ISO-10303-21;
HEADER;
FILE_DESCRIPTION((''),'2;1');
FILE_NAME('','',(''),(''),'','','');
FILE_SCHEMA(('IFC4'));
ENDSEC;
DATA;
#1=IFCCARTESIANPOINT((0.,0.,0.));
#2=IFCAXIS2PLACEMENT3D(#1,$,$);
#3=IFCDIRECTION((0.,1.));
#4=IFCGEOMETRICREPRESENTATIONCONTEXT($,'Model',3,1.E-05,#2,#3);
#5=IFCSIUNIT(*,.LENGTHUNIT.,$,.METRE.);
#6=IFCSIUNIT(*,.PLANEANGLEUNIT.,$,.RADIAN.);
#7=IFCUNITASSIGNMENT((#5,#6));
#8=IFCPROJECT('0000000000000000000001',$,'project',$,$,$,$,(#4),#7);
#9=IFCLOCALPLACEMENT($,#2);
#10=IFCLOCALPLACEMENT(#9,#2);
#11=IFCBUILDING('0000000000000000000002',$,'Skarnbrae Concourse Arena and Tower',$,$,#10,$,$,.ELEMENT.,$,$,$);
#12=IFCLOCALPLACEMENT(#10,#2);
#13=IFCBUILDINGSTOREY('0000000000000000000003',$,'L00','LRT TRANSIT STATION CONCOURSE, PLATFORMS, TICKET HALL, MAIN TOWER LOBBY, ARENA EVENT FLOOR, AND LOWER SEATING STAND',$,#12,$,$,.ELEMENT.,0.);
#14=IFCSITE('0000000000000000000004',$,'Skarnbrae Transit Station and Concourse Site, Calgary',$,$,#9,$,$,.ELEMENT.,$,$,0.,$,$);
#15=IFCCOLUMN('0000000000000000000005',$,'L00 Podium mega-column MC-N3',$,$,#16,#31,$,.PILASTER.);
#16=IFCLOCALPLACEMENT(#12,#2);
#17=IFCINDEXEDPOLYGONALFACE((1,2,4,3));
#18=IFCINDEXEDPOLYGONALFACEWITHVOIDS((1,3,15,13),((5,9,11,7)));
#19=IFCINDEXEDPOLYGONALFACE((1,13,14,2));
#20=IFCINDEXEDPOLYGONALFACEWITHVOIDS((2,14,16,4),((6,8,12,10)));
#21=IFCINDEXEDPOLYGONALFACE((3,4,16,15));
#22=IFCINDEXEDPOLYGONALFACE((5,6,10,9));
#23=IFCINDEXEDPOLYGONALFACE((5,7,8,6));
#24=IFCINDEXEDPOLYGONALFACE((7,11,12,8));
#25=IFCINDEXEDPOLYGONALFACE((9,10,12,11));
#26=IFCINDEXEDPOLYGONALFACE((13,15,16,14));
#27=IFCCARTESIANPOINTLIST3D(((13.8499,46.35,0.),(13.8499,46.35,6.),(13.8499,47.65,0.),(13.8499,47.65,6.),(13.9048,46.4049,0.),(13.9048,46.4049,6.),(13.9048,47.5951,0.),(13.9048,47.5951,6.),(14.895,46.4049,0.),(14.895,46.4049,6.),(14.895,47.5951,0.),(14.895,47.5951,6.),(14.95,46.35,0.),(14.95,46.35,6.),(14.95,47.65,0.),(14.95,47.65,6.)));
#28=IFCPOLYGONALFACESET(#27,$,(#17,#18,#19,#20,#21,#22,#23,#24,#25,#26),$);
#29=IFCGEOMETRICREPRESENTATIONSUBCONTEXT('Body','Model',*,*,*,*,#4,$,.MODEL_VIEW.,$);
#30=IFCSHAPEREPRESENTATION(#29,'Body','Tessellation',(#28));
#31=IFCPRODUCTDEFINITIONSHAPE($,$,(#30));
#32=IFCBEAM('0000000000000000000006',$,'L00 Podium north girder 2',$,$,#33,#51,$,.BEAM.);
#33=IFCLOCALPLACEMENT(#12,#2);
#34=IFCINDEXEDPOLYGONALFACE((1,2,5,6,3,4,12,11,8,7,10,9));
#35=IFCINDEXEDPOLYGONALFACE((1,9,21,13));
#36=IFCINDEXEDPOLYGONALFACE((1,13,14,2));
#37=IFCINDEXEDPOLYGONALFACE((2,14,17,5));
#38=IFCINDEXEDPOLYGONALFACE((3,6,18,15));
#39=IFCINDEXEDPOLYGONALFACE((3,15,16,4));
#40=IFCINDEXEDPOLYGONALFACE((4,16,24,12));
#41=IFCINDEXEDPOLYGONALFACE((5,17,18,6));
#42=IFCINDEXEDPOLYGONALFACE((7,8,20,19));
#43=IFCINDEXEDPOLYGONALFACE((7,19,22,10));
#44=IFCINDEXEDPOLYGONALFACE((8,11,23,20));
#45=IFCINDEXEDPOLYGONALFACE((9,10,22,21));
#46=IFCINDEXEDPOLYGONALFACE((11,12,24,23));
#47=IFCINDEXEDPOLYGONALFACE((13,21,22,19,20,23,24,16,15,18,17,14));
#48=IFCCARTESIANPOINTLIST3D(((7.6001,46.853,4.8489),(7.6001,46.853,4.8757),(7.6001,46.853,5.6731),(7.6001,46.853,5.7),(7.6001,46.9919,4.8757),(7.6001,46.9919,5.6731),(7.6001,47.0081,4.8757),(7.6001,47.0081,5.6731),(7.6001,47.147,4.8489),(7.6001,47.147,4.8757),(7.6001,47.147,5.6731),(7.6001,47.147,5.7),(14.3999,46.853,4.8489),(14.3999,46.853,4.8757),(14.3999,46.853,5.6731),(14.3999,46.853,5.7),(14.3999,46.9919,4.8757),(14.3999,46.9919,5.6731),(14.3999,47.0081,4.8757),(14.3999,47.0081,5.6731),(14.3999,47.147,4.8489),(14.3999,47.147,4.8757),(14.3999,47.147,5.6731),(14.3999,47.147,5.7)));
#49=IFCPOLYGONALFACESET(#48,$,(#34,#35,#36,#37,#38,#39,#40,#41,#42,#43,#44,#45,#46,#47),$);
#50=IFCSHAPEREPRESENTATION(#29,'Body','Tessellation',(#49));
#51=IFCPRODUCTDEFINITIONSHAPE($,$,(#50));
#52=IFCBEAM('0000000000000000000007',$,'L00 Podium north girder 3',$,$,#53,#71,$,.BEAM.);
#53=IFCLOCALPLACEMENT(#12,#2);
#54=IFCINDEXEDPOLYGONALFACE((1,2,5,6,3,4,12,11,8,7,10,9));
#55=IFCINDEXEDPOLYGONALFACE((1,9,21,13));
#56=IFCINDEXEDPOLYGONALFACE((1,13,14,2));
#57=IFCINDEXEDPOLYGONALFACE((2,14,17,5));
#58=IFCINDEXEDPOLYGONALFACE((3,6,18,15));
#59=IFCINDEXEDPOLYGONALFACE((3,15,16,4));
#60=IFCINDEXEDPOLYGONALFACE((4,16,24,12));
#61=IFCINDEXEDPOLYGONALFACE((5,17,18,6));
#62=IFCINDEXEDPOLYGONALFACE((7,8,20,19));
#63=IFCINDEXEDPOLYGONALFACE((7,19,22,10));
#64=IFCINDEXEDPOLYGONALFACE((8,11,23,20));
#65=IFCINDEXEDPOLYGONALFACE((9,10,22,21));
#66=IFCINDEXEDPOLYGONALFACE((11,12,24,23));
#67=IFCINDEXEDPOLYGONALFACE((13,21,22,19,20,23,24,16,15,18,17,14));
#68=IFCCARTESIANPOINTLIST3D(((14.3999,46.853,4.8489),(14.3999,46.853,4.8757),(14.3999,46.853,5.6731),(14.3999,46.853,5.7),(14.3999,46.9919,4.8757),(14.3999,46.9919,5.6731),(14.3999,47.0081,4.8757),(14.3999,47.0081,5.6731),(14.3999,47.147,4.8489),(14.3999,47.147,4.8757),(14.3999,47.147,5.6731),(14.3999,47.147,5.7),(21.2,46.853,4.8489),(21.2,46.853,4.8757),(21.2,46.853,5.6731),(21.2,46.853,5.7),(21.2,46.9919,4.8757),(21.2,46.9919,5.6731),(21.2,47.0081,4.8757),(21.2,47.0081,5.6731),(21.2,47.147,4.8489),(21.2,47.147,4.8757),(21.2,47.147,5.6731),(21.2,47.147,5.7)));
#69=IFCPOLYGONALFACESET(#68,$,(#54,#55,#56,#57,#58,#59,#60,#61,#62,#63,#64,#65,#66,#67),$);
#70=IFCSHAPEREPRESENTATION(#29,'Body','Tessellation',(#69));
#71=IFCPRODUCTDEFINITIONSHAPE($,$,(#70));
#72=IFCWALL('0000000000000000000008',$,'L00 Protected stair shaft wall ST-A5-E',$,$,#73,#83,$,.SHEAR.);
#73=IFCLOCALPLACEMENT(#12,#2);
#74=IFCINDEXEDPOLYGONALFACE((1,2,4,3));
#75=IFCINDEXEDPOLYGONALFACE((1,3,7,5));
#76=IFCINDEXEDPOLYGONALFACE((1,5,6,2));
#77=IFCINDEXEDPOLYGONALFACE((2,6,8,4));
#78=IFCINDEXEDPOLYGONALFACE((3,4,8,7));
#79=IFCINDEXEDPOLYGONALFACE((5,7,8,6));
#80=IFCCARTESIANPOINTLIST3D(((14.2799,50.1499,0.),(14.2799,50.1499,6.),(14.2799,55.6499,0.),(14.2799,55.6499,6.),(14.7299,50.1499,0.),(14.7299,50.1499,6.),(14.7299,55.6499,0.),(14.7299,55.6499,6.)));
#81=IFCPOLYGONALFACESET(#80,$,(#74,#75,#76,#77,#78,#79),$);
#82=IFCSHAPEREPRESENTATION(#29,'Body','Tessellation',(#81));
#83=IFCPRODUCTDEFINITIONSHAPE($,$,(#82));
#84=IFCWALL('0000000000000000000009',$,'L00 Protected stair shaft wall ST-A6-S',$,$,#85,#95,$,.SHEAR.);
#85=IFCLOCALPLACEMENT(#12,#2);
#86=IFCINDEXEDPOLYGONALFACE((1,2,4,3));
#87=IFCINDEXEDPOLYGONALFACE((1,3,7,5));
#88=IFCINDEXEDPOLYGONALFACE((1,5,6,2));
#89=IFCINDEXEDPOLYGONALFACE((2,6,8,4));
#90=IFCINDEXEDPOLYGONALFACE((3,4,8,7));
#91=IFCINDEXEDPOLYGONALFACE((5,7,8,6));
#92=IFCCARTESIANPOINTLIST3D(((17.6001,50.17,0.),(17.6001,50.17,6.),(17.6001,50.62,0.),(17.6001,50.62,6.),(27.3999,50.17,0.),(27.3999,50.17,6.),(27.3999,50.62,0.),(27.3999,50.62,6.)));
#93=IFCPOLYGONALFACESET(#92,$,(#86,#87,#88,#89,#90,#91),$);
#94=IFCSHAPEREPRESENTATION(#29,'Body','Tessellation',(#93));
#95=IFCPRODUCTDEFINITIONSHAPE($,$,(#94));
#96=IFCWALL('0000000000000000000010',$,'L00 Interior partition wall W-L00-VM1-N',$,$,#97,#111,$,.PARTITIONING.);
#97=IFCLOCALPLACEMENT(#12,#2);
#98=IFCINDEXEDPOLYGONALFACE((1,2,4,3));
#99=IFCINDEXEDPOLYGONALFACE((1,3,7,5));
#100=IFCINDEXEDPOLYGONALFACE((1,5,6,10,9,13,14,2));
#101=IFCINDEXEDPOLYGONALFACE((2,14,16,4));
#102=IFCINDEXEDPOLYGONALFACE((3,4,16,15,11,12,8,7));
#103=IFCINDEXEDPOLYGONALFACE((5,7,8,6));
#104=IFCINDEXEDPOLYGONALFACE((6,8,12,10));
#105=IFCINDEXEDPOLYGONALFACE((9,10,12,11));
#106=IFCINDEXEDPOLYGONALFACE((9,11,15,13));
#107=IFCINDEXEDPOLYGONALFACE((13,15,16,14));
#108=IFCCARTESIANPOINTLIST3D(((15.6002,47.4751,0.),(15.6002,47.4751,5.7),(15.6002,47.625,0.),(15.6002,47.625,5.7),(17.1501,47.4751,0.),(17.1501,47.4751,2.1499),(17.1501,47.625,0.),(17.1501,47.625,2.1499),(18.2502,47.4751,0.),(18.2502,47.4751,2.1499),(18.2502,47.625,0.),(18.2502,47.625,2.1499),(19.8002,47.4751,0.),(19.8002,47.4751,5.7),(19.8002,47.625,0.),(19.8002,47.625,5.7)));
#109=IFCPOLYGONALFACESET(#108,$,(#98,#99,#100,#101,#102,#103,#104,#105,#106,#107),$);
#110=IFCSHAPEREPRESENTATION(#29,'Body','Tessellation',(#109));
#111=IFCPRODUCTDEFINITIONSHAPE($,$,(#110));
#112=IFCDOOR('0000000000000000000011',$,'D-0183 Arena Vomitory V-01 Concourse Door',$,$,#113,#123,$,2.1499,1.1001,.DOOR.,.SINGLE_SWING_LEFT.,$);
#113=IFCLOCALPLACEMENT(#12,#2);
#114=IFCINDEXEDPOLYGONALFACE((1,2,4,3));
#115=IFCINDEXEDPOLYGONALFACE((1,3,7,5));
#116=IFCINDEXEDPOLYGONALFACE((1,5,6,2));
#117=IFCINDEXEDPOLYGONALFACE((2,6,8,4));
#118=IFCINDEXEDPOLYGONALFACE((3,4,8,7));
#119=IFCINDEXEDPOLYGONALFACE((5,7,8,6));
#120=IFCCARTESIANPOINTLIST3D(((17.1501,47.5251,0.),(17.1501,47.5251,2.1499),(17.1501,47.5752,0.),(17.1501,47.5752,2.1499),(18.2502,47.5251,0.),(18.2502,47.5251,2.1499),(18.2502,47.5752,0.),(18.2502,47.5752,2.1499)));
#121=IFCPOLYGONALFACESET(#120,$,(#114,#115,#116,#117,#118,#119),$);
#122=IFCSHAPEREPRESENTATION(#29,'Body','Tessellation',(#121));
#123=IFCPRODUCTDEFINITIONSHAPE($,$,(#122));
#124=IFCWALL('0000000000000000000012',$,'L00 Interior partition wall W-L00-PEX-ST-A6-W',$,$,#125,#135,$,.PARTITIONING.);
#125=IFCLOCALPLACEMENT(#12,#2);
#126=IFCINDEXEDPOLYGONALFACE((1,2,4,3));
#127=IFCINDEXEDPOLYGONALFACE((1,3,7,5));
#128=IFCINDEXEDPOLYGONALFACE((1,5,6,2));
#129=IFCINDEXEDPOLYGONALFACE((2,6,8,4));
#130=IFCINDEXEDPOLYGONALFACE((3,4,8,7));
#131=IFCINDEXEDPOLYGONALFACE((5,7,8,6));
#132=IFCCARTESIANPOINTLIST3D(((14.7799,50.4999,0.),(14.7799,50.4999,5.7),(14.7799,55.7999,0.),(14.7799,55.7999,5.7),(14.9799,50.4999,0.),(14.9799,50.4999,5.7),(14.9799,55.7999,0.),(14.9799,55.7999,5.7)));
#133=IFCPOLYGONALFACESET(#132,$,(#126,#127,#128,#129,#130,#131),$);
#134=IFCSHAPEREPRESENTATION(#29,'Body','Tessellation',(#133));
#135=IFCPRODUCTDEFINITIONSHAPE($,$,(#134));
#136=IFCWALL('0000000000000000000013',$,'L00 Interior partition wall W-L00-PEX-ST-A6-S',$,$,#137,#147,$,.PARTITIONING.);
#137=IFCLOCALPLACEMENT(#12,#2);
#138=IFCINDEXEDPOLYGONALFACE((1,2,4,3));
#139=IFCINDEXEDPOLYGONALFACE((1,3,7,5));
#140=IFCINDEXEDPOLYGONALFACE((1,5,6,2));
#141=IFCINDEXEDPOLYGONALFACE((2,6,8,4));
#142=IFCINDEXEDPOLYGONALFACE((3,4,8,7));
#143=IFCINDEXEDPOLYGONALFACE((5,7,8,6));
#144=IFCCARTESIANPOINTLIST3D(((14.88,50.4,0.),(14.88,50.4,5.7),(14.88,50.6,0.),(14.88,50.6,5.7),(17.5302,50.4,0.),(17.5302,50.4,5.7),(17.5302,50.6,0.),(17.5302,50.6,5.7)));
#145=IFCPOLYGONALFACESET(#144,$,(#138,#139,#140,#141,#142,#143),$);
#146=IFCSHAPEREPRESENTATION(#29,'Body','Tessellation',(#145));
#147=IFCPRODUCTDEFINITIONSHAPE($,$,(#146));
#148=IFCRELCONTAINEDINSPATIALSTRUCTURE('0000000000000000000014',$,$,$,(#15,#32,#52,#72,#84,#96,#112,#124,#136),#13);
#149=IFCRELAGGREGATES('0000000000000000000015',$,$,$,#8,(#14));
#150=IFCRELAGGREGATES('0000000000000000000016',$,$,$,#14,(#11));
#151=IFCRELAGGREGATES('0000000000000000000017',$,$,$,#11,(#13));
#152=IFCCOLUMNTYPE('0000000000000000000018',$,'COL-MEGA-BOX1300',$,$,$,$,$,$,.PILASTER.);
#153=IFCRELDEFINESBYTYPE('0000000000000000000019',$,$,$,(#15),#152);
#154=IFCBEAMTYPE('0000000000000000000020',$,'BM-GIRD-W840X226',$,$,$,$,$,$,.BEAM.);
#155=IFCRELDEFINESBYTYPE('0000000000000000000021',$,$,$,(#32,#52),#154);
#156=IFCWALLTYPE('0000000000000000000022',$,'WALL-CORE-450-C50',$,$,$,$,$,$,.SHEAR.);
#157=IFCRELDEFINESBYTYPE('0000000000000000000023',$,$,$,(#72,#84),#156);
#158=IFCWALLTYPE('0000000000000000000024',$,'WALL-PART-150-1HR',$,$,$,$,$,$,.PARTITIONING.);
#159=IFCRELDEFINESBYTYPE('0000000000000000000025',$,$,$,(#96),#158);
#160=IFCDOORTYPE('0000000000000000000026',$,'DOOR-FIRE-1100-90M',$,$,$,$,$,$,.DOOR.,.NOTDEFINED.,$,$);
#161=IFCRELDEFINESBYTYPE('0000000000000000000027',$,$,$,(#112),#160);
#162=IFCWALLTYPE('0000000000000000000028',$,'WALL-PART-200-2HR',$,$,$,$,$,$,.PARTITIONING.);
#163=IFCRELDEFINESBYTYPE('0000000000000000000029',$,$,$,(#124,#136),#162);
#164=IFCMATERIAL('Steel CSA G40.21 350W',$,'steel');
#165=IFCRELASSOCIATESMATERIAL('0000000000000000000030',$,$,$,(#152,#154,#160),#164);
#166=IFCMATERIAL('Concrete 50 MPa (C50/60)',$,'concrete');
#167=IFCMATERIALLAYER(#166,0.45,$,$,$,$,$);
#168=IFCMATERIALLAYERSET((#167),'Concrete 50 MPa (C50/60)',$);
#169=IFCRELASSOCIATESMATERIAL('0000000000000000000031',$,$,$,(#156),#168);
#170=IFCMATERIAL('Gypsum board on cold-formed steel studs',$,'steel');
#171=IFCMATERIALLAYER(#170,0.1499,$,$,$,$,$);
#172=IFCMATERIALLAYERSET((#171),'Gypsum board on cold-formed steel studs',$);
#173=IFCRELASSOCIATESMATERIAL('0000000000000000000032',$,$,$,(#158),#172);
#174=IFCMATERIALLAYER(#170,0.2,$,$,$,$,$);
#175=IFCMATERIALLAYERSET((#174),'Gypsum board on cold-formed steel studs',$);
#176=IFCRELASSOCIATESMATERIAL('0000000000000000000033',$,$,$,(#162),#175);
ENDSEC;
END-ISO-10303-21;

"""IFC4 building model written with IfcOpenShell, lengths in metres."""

from ifc_helpers import new_model, si_unit, direction, frame, frame_2d, origin, origin_2d, place, context, subcontext, project, spatial, rectangle, hollow_rectangle, i_section, extrude, source, transform, mapped, material, layer, layer_set, material_profile, profile_set, type_object, element, fill, save


model = new_model("IFC4")

# Units and contexts
model_context = context("Model", 3, precision=1e-05, world=origin(), true_north=direction((0.0, 1.0)))
body_context = subcontext(model_context, "Body", "Model", "MODEL_VIEW")
ifc_project = project(units=[si_unit("LENGTHUNIT", "METRE"), si_unit("PLANEANGLEUNIT", "RADIAN")], contexts=[model_context])

# Site, building, storey
site_placement = place(None, origin())
site = spatial("IfcSite", under=ifc_project, at=site_placement, Name="Skarnbrae Transit Station and Concourse Site, Calgary", CompositionType="ELEMENT", RefElevation=0.0)
building_placement = place(site_placement, origin())
building = spatial("IfcBuilding", under=site, at=building_placement, Name="Skarnbrae Concourse Arena and Tower", CompositionType="ELEMENT")
storey_placement = place(building_placement, origin())
storey = spatial("IfcBuildingStorey", under=building, at=storey_placement, Name="L00", Description="LRT TRANSIT STATION CONCOURSE, PLATFORMS, TICKET HALL, MAIN TOWER LOBBY, ARENA EVENT FLOOR, AND LOWER SEATING STAND", CompositionType="ELEMENT", Elevation=0.0)

# Column
ifc_material_1 = material(Name="Steel CSA G40.21 350W", Category="steel")
ifc_material_profile_1 = material_profile(ifc_material_1, hollow_rectangle(XDim=1.1001, YDim=1.3, WallThickness=0.0549, at=origin_2d()), Name="BOX1300X1100X55")
ifc_profile_set_1 = profile_set([ifc_material_profile_1], Name="Steel CSA G40.21 350W")
column_type = type_object("IfcColumnType", Name="COL-MEGA-BOX1300", PredefinedType="PILASTER", material=ifc_profile_set_1)
shared_shape_1 = source(origin(), body_context, "Body", "SweptSolid", [
    extrude(hollow_rectangle(XDim=1.1001, YDim=1.3, WallThickness=0.0549, at=origin_2d()), origin(), (0.0, 0.0, 1.0), 6.0),
])
column_placement = place(storey_placement, frame((14.3999, 47.0, 0.0), z_axis=(0.0, 0.0, 1.0), x_axis=(1.0, 0.0, 0.0)))
element("IfcColumn", 1, at=column_placement, inside=storey, type_object=column_type, Name="L00 Podium mega-column MC-N3", PredefinedType="PILASTER", context=body_context, shape_type="MappedRepresentation", body=[
    mapped(shared_shape_1, transform((0.0, 0.0, 0.0))),
])

# Beams
ifc_material_profile_2 = material_profile(ifc_material_1, i_section(OverallWidth=0.2939, OverallDepth=0.8511, WebThickness=0.0161, FlangeThickness=0.0269, at=origin_2d()), Name="W840X226")
ifc_profile_set_2 = profile_set([ifc_material_profile_2], Name="Steel CSA G40.21 350W")
beam_type = type_object("IfcBeamType", Name="BM-GIRD-W840X226", PredefinedType="BEAM", material=ifc_profile_set_2)
shared_shape_2 = source(origin(), body_context, "Body", "SweptSolid", [
    extrude(i_section(OverallWidth=0.2939, OverallDepth=0.8511, WebThickness=0.0161, FlangeThickness=0.0269, at=origin_2d()), origin(), (0.0, 0.0, 1.0), 6.7998),
])
beam_1_placement = place(storey_placement, frame((7.6001, 47.0, 5.2744), z_axis=(1.0, 0.0, 0.0), x_axis=(0.0, 1.0, 0.0)))
element("IfcBeam", 2, at=beam_1_placement, inside=storey, type_object=beam_type, Name="L00 Podium north girder 2", PredefinedType="BEAM", context=body_context, shape_type="MappedRepresentation", body=[
    mapped(shared_shape_2, transform((0.0, 0.0, 0.0))),
])
shared_shape_3 = source(origin(), body_context, "Body", "SweptSolid", [
    extrude(i_section(OverallWidth=0.2939, OverallDepth=0.8511, WebThickness=0.0161, FlangeThickness=0.0269, at=origin_2d()), origin(), (0.0, 0.0, 1.0), 6.8),
])
beam_2_placement = place(storey_placement, frame((14.3999, 47.0, 5.2744), z_axis=(1.0, 0.0, 0.0), x_axis=(0.0, 1.0, 0.0)))
element("IfcBeam", 3, at=beam_2_placement, inside=storey, type_object=beam_type, Name="L00 Podium north girder 3", PredefinedType="BEAM", context=body_context, shape_type="MappedRepresentation", body=[
    mapped(shared_shape_3, transform((0.0, 0.0, 0.0))),
])

# Wall
ifc_material_2 = material(Name="Concrete 50 MPa (C50/60)", Category="concrete")
ifc_layer_1 = layer(ifc_material_2, 0.45)
ifc_layer_set_1 = layer_set([ifc_layer_1], Name="Concrete 50 MPa (C50/60)")
wall_type_1 = type_object("IfcWallType", Name="WALL-CORE-450-C50", PredefinedType="SHEAR", material=ifc_layer_set_1)
shared_shape_4 = source(origin(), body_context, "Body", "SweptSolid", [
    extrude(rectangle(XDim=5.5, YDim=0.45, at=frame_2d((2.75, 0.0))), origin(), (0.0, 0.0, 1.0), 6.0),
])
wall_1_placement = place(storey_placement, frame((14.5049, 50.1499, 0.0), z_axis=(0.0, 0.0, 1.0), x_axis=(0.0, 1.0, 0.0)))
element("IfcWall", 4, at=wall_1_placement, inside=storey, type_object=wall_type_1, Name="L00 Protected stair shaft wall ST-A5-E", PredefinedType="SHEAR", context=body_context, shape_type="MappedRepresentation", body=[
    mapped(shared_shape_4, transform((0.0, 0.0, 0.0))),
])

# Shared definitions
door_type = type_object("IfcDoorType", Name="DOOR-FIRE-1100-90M", OperationType="NOTDEFINED", PredefinedType="DOOR", material=ifc_material_1)
shared_shape_5 = source(origin(), body_context, "Body", "SweptSolid", [
    extrude(rectangle(XDim=1.1001, YDim=2.1499, at=frame_2d((0.55, 1.075))), frame((0.0, 0.0249, 0.0), z_axis=(0.0, -1.0, 0.0), x_axis=(1.0, 0.0, 0.0)), (0.0, 0.0, 1.0), 0.05),
])

# Wall
shared_shape_6 = source(origin(), body_context, "Body", "SweptSolid", [
    extrude(rectangle(XDim=9.7998, YDim=0.45, at=frame_2d((4.8999, 0.0))), origin(), (0.0, 0.0, 1.0), 6.0),
])
wall_2_placement = place(storey_placement, frame((17.6001, 50.395, 0.0), z_axis=(0.0, 0.0, 1.0), x_axis=(1.0, 0.0, 0.0)))
element("IfcWall", 5, at=wall_2_placement, inside=storey, type_object=wall_type_1, Name="L00 Protected stair shaft wall ST-A6-S", PredefinedType="SHEAR", context=body_context, shape_type="MappedRepresentation", body=[
    mapped(shared_shape_6, transform((0.0, 0.0, 0.0))),
])

# Wall, opening, door
ifc_material_3 = material(Name="Gypsum board on cold-formed steel studs", Category="steel")
ifc_layer_2 = layer(ifc_material_3, 0.1499)
ifc_layer_set_2 = layer_set([ifc_layer_2], Name="Gypsum board on cold-formed steel studs")
wall_type_2 = type_object("IfcWallType", Name="WALL-PART-150-1HR", PredefinedType="PARTITIONING", material=ifc_layer_set_2)
shared_shape_7 = source(origin(), body_context, "Body", "SweptSolid", [
    extrude(rectangle(XDim=4.2, YDim=0.1499, at=frame_2d((2.1001, 0.0))), origin(), (0.0, 0.0, 1.0), 5.7),
])
wall_3_placement = place(storey_placement, frame((15.6001, 47.55, 0.0), z_axis=(0.0, 0.0, 1.0), x_axis=(1.0, 0.0, 0.0)))
wall_3 = element("IfcWall", 6, at=wall_3_placement, inside=storey, type_object=wall_type_2, Name="L00 Interior partition wall W-L00-VM1-N", PredefinedType="PARTITIONING", context=body_context, shape_type="MappedRepresentation", body=[
    mapped(shared_shape_7, transform((0.0, 0.0, 0.0))),
])
opening_1_placement = place(wall_3_placement, frame((1.55, 0.0, 0.0)))
opening_1 = element("IfcOpeningElement", 7, at=opening_1_placement, cuts=wall_3, PredefinedType="OPENING", context=body_context, shape_type="SweptSolid", body=[
    extrude(rectangle(XDim=1.1001, YDim=2.1499, at=frame_2d((0.55, 1.075))), frame((0.0, 0.085, 0.0), z_axis=(0.0, -1.0, 0.0), x_axis=(1.0, 0.0, 0.0)), (0.0, 0.0, 1.0), 0.1699),
])
door_1_placement = place(opening_1_placement, frame((1.1001, 0.0, 0.0), z_axis=(0.0, 0.0, 1.0), x_axis=(-1.0, 0.0, 0.0)))
door_1 = element("IfcDoor", 8, at=door_1_placement, inside=storey, type_object=door_type, Name="D-0183 Arena Vomitory V-01 Concourse Door", OperationType="SINGLE_SWING_LEFT", OverallHeight=2.1499, OverallWidth=1.1001, PredefinedType="DOOR", context=body_context, shape_type="MappedRepresentation", body=[
    mapped(shared_shape_5, transform((0.0, 0.0, 0.0))),
])
fill(opening_1, door_1)

# Walls
ifc_layer_3 = layer(ifc_material_3, 0.2)
ifc_layer_set_3 = layer_set([ifc_layer_3], Name="Gypsum board on cold-formed steel studs")
wall_type_3 = type_object("IfcWallType", Name="WALL-PART-200-2HR", PredefinedType="PARTITIONING", material=ifc_layer_set_3)
shared_shape_8 = source(origin(), body_context, "Body", "SweptSolid", [
    extrude(rectangle(XDim=5.3, YDim=0.2, at=frame_2d((2.6499, 0.0))), origin(), (0.0, 0.0, 1.0), 5.7),
])
wall_4_placement = place(storey_placement, frame((14.8799, 50.5, 0.0), z_axis=(0.0, 0.0, 1.0), x_axis=(0.0, 1.0, 0.0)))
element("IfcWall", 9, at=wall_4_placement, inside=storey, type_object=wall_type_3, Name="L00 Interior partition wall W-L00-PEX-ST-A6-W", PredefinedType="PARTITIONING", context=body_context, shape_type="MappedRepresentation", body=[
    mapped(shared_shape_8, transform((0.0, 0.0, 0.0))),
])
shared_shape_9 = source(origin(), body_context, "Body", "SweptSolid", [
    extrude(rectangle(XDim=2.6501, YDim=0.2, at=frame_2d((1.3252, 0.0))), origin(), (0.0, 0.0, 1.0), 5.7),
])
wall_5_placement = place(storey_placement, frame((14.8799, 50.5, 0.0), z_axis=(0.0, 0.0, 1.0), x_axis=(1.0, 0.0, 0.0)))
element("IfcWall", 10, at=wall_5_placement, inside=storey, type_object=wall_type_3, Name="L00 Interior partition wall W-L00-PEX-ST-A6-S", PredefinedType="PARTITIONING", context=body_context, shape_type="MappedRepresentation", body=[
    mapped(shared_shape_9, transform((0.0, 0.0, 0.0))),
])

save(model, "model.ifc")
